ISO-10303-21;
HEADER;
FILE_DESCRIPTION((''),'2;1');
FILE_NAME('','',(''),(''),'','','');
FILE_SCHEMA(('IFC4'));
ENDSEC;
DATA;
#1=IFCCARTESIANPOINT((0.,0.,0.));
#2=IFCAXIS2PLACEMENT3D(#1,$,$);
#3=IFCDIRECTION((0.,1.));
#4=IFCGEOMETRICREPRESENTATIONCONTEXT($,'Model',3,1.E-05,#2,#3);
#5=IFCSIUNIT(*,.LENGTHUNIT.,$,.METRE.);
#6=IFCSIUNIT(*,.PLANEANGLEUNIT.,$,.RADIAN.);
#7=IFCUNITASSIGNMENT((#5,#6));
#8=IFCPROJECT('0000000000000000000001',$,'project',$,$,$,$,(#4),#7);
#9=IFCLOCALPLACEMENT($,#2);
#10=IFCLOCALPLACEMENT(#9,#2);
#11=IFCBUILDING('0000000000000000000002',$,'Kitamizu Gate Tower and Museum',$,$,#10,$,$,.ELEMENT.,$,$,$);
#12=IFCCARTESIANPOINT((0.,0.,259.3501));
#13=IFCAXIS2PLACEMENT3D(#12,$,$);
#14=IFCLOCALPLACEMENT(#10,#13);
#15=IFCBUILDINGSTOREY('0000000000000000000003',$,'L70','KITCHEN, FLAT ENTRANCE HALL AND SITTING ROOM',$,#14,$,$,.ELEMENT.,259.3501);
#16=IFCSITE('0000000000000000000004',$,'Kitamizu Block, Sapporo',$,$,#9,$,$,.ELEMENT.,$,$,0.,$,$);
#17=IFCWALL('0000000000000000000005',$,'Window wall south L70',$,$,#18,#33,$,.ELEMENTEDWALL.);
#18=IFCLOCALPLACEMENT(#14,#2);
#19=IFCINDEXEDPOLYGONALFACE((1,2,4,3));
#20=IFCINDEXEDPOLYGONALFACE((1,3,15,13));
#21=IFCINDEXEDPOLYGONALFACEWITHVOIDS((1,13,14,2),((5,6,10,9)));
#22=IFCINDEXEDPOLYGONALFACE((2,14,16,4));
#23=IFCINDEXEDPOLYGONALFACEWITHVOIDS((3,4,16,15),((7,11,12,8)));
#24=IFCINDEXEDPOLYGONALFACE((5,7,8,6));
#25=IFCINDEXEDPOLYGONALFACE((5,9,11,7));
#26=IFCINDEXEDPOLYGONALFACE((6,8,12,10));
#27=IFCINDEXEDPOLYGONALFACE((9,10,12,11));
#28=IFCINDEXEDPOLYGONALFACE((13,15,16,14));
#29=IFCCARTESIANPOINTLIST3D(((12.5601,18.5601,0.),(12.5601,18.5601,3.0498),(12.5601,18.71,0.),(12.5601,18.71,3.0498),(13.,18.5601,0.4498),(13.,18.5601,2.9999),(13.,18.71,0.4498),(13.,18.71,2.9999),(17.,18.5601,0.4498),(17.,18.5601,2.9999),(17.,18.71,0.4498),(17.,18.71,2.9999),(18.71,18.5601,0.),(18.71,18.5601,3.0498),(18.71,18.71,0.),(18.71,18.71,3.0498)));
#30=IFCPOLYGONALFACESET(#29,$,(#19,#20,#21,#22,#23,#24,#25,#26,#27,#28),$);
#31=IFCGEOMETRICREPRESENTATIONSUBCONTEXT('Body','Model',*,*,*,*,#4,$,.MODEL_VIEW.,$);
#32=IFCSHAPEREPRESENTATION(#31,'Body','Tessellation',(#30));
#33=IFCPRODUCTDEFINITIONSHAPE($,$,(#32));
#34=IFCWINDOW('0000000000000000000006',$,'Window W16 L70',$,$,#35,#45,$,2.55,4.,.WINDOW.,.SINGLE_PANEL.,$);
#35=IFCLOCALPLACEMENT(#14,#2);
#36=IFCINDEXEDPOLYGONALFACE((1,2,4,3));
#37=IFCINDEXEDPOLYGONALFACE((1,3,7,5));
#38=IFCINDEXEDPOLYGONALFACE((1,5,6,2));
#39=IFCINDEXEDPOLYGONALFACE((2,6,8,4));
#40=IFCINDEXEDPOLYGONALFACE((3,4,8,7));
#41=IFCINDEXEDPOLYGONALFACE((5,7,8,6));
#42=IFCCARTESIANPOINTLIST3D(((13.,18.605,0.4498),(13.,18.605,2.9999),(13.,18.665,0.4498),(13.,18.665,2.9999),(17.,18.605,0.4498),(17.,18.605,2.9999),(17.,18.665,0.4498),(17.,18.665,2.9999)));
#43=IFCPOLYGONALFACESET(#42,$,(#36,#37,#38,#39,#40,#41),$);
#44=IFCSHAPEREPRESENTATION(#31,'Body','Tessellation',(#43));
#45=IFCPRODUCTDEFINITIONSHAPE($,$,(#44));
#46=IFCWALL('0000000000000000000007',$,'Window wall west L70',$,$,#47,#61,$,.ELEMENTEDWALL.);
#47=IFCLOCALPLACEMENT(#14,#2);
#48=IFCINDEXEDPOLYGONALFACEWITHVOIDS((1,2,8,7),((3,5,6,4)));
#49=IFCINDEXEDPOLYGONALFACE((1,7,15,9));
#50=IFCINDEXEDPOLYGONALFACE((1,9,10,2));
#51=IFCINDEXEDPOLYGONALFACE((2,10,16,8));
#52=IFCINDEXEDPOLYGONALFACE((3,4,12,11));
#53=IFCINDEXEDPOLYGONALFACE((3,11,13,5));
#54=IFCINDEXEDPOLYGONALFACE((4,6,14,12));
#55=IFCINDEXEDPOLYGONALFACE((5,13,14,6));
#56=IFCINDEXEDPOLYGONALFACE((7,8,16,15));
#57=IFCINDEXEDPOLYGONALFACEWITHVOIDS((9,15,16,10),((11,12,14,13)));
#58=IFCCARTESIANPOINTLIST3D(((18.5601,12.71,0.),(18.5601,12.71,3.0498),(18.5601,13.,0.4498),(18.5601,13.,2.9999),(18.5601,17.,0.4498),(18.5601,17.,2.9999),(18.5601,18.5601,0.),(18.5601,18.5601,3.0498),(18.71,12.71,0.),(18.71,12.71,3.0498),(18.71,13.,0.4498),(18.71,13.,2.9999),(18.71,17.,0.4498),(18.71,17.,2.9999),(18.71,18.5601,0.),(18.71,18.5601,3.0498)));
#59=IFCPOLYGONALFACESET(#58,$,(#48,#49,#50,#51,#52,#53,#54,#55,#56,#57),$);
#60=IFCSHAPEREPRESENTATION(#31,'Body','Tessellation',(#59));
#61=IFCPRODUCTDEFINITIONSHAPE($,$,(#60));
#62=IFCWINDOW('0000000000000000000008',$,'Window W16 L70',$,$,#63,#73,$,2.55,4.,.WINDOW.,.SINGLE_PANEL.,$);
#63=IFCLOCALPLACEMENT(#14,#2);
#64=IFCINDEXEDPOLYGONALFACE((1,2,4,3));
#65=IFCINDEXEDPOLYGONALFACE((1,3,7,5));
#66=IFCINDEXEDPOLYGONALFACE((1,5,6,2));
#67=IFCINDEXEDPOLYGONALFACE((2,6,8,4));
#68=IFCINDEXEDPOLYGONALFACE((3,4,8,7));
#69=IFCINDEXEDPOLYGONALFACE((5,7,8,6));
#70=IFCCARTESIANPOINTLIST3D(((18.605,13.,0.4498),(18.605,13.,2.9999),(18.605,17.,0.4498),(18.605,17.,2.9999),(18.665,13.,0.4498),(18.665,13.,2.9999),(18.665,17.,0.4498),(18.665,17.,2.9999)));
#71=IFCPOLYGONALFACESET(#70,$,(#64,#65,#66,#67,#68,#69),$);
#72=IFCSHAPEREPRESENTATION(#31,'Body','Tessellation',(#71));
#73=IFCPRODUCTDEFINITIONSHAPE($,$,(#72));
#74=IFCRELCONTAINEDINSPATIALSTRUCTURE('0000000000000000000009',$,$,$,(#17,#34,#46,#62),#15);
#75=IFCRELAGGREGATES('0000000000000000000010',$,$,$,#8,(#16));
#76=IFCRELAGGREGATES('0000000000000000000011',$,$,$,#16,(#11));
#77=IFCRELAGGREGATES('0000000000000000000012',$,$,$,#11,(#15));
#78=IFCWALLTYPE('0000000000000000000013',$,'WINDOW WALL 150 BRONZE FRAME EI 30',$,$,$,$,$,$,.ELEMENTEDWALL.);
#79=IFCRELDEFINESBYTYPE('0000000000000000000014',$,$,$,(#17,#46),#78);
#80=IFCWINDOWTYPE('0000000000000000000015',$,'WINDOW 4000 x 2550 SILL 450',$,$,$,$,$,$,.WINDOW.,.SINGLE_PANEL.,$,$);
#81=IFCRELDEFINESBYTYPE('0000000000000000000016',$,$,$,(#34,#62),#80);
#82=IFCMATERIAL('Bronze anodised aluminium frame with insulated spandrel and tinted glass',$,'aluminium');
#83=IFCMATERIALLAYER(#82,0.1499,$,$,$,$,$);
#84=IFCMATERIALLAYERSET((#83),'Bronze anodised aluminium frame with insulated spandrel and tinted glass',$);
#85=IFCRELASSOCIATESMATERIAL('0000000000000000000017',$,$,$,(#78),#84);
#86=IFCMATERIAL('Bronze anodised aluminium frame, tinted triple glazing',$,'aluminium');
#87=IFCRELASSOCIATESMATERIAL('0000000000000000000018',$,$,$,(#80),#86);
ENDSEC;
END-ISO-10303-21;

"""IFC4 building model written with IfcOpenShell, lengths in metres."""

from ifc_helpers import new_model, si_unit, direction, frame, frame_2d, origin, place, context, subcontext, project, spatial, rectangle, extrude, material, layer, layer_set, type_object, element, fill, save


model = new_model("IFC4")

# Units and contexts
model_context = context("Model", 3, precision=1e-05, world=origin(), true_north=direction((0.0, 1.0)))
body_context = subcontext(model_context, "Body", "Model", "MODEL_VIEW")
ifc_project = project(units=[si_unit("LENGTHUNIT", "METRE"), si_unit("PLANEANGLEUNIT", "RADIAN")], contexts=[model_context])

# Site, building, storey
site_placement = place(None, origin())
site = spatial("IfcSite", under=ifc_project, at=site_placement, Name="Kitamizu Block, Sapporo", CompositionType="ELEMENT", RefElevation=0.0)
building_placement = place(site_placement, origin())
building = spatial("IfcBuilding", under=site, at=building_placement, Name="Kitamizu Gate Tower and Museum", CompositionType="ELEMENT")
storey_placement = place(building_placement, frame((0.0, 0.0, 259.3501)))
storey = spatial("IfcBuildingStorey", under=building, at=storey_placement, Name="L70", Description="KITCHEN, FLAT ENTRANCE HALL AND SITTING ROOM", CompositionType="ELEMENT", Elevation=259.3501)

# Shared definitions
ifc_material_1 = material(Name="Bronze anodised aluminium frame with insulated spandrel and tinted glass", Category="aluminium")
ifc_layer_1 = layer(ifc_material_1, 0.1499)
ifc_layer_set_1 = layer_set([ifc_layer_1], Name="Bronze anodised aluminium frame with insulated spandrel and tinted glass")
wall_type = type_object("IfcWallType", Name="WINDOW WALL 150 BRONZE FRAME EI 30", PredefinedType="ELEMENTEDWALL", material=ifc_layer_set_1)

# Walls, openings, windows
wall_1_placement = place(storey_placement, frame((12.5601, 18.635, 0.0), z_axis=(0.0, 0.0, 1.0), x_axis=(1.0, 0.0, 0.0)))
wall_1 = element("IfcWall", 1, at=wall_1_placement, inside=storey, type_object=wall_type, Name="Window wall south L70", PredefinedType="ELEMENTEDWALL", context=body_context, shape_type="SweptSolid", body=[
    extrude(rectangle(XDim=6.1499, YDim=0.1499, at=frame_2d((3.075, 0.0))), origin(), (0.0, 0.0, 1.0), 3.0498),
])
opening_1_placement = place(wall_1_placement, frame((0.4399, 0.0, 0.45)))
opening_1 = element("IfcOpeningElement", 2, at=opening_1_placement, cuts=wall_1, PredefinedType="OPENING", context=body_context, shape_type="SweptSolid", body=[
    extrude(rectangle(XDim=4.0, YDim=2.55, at=frame_2d((2.0, 1.2749))), frame((0.0, 0.085, 0.0), z_axis=(0.0, -1.0, 0.0), x_axis=(1.0, 0.0, 0.0)), (0.0, 0.0, 1.0), 0.1699),
])
ifc_material_2 = material(Name="Bronze anodised aluminium frame, tinted triple glazing", Category="aluminium")
window_type_1 = type_object("IfcWindowType", Name="WINDOW 4000 x 2550 SILL 450", PartitioningType="SINGLE_PANEL", PredefinedType="WINDOW", material=ifc_material_2)
window_1_placement = place(opening_1_placement, origin())
window_1 = element("IfcWindow", 3, at=window_1_placement, inside=storey, type_object=window_type_1, Name="Window W16 L70", OverallHeight=2.55, OverallWidth=4.0, PartitioningType="SINGLE_PANEL", PredefinedType="WINDOW", context=body_context, shape_type="SweptSolid", body=[
    extrude(rectangle(XDim=4.0, YDim=2.55, at=frame_2d((2.0, 1.2749))), frame((0.0, 0.03, 0.0), z_axis=(0.0, -1.0, 0.0), x_axis=(1.0, 0.0, 0.0)), (0.0, 0.0, 1.0), 0.0601),
])
fill(opening_1, window_1)
wall_2_placement = place(storey_placement, frame((18.635, 12.71, 0.0), z_axis=(0.0, 0.0, 1.0), x_axis=(0.0, 1.0, 0.0)))
wall_2 = element("IfcWall", 4, at=wall_2_placement, inside=storey, type_object=wall_type, Name="Window wall west L70", PredefinedType="ELEMENTEDWALL", context=body_context, shape_type="SweptSolid", body=[
    extrude(rectangle(XDim=5.8501, YDim=0.1499, at=frame_2d((2.925, 0.0))), origin(), (0.0, 0.0, 1.0), 3.0498),
])
opening_2_placement = place(wall_2_placement, frame((0.29, 0.0, 0.45)))
opening_2 = element("IfcOpeningElement", 5, at=opening_2_placement, cuts=wall_2, PredefinedType="OPENING", context=body_context, shape_type="SweptSolid", body=[
    extrude(rectangle(XDim=4.0, YDim=2.55, at=frame_2d((2.0, 1.2749))), frame((0.0, 0.085, 0.0), z_axis=(0.0, -1.0, 0.0), x_axis=(1.0, 0.0, 0.0)), (0.0, 0.0, 1.0), 0.1699),
])
window_2_placement = place(opening_2_placement, origin())
window_2 = element("IfcWindow", 6, at=window_2_placement, inside=storey, type_object=window_type_1, Name="Window W16 L70", OverallHeight=2.55, OverallWidth=4.0, PartitioningType="SINGLE_PANEL", PredefinedType="WINDOW", context=body_context, shape_type="SweptSolid", body=[
    extrude(rectangle(XDim=4.0, YDim=2.55, at=frame_2d((2.0, 1.2749))), frame((0.0, 0.03, 0.0), z_axis=(0.0, -1.0, 0.0), x_axis=(1.0, 0.0, 0.0)), (0.0, 0.0, 1.0), 0.0601),
])
fill(opening_2, window_2)

save(model, "model.ifc")
